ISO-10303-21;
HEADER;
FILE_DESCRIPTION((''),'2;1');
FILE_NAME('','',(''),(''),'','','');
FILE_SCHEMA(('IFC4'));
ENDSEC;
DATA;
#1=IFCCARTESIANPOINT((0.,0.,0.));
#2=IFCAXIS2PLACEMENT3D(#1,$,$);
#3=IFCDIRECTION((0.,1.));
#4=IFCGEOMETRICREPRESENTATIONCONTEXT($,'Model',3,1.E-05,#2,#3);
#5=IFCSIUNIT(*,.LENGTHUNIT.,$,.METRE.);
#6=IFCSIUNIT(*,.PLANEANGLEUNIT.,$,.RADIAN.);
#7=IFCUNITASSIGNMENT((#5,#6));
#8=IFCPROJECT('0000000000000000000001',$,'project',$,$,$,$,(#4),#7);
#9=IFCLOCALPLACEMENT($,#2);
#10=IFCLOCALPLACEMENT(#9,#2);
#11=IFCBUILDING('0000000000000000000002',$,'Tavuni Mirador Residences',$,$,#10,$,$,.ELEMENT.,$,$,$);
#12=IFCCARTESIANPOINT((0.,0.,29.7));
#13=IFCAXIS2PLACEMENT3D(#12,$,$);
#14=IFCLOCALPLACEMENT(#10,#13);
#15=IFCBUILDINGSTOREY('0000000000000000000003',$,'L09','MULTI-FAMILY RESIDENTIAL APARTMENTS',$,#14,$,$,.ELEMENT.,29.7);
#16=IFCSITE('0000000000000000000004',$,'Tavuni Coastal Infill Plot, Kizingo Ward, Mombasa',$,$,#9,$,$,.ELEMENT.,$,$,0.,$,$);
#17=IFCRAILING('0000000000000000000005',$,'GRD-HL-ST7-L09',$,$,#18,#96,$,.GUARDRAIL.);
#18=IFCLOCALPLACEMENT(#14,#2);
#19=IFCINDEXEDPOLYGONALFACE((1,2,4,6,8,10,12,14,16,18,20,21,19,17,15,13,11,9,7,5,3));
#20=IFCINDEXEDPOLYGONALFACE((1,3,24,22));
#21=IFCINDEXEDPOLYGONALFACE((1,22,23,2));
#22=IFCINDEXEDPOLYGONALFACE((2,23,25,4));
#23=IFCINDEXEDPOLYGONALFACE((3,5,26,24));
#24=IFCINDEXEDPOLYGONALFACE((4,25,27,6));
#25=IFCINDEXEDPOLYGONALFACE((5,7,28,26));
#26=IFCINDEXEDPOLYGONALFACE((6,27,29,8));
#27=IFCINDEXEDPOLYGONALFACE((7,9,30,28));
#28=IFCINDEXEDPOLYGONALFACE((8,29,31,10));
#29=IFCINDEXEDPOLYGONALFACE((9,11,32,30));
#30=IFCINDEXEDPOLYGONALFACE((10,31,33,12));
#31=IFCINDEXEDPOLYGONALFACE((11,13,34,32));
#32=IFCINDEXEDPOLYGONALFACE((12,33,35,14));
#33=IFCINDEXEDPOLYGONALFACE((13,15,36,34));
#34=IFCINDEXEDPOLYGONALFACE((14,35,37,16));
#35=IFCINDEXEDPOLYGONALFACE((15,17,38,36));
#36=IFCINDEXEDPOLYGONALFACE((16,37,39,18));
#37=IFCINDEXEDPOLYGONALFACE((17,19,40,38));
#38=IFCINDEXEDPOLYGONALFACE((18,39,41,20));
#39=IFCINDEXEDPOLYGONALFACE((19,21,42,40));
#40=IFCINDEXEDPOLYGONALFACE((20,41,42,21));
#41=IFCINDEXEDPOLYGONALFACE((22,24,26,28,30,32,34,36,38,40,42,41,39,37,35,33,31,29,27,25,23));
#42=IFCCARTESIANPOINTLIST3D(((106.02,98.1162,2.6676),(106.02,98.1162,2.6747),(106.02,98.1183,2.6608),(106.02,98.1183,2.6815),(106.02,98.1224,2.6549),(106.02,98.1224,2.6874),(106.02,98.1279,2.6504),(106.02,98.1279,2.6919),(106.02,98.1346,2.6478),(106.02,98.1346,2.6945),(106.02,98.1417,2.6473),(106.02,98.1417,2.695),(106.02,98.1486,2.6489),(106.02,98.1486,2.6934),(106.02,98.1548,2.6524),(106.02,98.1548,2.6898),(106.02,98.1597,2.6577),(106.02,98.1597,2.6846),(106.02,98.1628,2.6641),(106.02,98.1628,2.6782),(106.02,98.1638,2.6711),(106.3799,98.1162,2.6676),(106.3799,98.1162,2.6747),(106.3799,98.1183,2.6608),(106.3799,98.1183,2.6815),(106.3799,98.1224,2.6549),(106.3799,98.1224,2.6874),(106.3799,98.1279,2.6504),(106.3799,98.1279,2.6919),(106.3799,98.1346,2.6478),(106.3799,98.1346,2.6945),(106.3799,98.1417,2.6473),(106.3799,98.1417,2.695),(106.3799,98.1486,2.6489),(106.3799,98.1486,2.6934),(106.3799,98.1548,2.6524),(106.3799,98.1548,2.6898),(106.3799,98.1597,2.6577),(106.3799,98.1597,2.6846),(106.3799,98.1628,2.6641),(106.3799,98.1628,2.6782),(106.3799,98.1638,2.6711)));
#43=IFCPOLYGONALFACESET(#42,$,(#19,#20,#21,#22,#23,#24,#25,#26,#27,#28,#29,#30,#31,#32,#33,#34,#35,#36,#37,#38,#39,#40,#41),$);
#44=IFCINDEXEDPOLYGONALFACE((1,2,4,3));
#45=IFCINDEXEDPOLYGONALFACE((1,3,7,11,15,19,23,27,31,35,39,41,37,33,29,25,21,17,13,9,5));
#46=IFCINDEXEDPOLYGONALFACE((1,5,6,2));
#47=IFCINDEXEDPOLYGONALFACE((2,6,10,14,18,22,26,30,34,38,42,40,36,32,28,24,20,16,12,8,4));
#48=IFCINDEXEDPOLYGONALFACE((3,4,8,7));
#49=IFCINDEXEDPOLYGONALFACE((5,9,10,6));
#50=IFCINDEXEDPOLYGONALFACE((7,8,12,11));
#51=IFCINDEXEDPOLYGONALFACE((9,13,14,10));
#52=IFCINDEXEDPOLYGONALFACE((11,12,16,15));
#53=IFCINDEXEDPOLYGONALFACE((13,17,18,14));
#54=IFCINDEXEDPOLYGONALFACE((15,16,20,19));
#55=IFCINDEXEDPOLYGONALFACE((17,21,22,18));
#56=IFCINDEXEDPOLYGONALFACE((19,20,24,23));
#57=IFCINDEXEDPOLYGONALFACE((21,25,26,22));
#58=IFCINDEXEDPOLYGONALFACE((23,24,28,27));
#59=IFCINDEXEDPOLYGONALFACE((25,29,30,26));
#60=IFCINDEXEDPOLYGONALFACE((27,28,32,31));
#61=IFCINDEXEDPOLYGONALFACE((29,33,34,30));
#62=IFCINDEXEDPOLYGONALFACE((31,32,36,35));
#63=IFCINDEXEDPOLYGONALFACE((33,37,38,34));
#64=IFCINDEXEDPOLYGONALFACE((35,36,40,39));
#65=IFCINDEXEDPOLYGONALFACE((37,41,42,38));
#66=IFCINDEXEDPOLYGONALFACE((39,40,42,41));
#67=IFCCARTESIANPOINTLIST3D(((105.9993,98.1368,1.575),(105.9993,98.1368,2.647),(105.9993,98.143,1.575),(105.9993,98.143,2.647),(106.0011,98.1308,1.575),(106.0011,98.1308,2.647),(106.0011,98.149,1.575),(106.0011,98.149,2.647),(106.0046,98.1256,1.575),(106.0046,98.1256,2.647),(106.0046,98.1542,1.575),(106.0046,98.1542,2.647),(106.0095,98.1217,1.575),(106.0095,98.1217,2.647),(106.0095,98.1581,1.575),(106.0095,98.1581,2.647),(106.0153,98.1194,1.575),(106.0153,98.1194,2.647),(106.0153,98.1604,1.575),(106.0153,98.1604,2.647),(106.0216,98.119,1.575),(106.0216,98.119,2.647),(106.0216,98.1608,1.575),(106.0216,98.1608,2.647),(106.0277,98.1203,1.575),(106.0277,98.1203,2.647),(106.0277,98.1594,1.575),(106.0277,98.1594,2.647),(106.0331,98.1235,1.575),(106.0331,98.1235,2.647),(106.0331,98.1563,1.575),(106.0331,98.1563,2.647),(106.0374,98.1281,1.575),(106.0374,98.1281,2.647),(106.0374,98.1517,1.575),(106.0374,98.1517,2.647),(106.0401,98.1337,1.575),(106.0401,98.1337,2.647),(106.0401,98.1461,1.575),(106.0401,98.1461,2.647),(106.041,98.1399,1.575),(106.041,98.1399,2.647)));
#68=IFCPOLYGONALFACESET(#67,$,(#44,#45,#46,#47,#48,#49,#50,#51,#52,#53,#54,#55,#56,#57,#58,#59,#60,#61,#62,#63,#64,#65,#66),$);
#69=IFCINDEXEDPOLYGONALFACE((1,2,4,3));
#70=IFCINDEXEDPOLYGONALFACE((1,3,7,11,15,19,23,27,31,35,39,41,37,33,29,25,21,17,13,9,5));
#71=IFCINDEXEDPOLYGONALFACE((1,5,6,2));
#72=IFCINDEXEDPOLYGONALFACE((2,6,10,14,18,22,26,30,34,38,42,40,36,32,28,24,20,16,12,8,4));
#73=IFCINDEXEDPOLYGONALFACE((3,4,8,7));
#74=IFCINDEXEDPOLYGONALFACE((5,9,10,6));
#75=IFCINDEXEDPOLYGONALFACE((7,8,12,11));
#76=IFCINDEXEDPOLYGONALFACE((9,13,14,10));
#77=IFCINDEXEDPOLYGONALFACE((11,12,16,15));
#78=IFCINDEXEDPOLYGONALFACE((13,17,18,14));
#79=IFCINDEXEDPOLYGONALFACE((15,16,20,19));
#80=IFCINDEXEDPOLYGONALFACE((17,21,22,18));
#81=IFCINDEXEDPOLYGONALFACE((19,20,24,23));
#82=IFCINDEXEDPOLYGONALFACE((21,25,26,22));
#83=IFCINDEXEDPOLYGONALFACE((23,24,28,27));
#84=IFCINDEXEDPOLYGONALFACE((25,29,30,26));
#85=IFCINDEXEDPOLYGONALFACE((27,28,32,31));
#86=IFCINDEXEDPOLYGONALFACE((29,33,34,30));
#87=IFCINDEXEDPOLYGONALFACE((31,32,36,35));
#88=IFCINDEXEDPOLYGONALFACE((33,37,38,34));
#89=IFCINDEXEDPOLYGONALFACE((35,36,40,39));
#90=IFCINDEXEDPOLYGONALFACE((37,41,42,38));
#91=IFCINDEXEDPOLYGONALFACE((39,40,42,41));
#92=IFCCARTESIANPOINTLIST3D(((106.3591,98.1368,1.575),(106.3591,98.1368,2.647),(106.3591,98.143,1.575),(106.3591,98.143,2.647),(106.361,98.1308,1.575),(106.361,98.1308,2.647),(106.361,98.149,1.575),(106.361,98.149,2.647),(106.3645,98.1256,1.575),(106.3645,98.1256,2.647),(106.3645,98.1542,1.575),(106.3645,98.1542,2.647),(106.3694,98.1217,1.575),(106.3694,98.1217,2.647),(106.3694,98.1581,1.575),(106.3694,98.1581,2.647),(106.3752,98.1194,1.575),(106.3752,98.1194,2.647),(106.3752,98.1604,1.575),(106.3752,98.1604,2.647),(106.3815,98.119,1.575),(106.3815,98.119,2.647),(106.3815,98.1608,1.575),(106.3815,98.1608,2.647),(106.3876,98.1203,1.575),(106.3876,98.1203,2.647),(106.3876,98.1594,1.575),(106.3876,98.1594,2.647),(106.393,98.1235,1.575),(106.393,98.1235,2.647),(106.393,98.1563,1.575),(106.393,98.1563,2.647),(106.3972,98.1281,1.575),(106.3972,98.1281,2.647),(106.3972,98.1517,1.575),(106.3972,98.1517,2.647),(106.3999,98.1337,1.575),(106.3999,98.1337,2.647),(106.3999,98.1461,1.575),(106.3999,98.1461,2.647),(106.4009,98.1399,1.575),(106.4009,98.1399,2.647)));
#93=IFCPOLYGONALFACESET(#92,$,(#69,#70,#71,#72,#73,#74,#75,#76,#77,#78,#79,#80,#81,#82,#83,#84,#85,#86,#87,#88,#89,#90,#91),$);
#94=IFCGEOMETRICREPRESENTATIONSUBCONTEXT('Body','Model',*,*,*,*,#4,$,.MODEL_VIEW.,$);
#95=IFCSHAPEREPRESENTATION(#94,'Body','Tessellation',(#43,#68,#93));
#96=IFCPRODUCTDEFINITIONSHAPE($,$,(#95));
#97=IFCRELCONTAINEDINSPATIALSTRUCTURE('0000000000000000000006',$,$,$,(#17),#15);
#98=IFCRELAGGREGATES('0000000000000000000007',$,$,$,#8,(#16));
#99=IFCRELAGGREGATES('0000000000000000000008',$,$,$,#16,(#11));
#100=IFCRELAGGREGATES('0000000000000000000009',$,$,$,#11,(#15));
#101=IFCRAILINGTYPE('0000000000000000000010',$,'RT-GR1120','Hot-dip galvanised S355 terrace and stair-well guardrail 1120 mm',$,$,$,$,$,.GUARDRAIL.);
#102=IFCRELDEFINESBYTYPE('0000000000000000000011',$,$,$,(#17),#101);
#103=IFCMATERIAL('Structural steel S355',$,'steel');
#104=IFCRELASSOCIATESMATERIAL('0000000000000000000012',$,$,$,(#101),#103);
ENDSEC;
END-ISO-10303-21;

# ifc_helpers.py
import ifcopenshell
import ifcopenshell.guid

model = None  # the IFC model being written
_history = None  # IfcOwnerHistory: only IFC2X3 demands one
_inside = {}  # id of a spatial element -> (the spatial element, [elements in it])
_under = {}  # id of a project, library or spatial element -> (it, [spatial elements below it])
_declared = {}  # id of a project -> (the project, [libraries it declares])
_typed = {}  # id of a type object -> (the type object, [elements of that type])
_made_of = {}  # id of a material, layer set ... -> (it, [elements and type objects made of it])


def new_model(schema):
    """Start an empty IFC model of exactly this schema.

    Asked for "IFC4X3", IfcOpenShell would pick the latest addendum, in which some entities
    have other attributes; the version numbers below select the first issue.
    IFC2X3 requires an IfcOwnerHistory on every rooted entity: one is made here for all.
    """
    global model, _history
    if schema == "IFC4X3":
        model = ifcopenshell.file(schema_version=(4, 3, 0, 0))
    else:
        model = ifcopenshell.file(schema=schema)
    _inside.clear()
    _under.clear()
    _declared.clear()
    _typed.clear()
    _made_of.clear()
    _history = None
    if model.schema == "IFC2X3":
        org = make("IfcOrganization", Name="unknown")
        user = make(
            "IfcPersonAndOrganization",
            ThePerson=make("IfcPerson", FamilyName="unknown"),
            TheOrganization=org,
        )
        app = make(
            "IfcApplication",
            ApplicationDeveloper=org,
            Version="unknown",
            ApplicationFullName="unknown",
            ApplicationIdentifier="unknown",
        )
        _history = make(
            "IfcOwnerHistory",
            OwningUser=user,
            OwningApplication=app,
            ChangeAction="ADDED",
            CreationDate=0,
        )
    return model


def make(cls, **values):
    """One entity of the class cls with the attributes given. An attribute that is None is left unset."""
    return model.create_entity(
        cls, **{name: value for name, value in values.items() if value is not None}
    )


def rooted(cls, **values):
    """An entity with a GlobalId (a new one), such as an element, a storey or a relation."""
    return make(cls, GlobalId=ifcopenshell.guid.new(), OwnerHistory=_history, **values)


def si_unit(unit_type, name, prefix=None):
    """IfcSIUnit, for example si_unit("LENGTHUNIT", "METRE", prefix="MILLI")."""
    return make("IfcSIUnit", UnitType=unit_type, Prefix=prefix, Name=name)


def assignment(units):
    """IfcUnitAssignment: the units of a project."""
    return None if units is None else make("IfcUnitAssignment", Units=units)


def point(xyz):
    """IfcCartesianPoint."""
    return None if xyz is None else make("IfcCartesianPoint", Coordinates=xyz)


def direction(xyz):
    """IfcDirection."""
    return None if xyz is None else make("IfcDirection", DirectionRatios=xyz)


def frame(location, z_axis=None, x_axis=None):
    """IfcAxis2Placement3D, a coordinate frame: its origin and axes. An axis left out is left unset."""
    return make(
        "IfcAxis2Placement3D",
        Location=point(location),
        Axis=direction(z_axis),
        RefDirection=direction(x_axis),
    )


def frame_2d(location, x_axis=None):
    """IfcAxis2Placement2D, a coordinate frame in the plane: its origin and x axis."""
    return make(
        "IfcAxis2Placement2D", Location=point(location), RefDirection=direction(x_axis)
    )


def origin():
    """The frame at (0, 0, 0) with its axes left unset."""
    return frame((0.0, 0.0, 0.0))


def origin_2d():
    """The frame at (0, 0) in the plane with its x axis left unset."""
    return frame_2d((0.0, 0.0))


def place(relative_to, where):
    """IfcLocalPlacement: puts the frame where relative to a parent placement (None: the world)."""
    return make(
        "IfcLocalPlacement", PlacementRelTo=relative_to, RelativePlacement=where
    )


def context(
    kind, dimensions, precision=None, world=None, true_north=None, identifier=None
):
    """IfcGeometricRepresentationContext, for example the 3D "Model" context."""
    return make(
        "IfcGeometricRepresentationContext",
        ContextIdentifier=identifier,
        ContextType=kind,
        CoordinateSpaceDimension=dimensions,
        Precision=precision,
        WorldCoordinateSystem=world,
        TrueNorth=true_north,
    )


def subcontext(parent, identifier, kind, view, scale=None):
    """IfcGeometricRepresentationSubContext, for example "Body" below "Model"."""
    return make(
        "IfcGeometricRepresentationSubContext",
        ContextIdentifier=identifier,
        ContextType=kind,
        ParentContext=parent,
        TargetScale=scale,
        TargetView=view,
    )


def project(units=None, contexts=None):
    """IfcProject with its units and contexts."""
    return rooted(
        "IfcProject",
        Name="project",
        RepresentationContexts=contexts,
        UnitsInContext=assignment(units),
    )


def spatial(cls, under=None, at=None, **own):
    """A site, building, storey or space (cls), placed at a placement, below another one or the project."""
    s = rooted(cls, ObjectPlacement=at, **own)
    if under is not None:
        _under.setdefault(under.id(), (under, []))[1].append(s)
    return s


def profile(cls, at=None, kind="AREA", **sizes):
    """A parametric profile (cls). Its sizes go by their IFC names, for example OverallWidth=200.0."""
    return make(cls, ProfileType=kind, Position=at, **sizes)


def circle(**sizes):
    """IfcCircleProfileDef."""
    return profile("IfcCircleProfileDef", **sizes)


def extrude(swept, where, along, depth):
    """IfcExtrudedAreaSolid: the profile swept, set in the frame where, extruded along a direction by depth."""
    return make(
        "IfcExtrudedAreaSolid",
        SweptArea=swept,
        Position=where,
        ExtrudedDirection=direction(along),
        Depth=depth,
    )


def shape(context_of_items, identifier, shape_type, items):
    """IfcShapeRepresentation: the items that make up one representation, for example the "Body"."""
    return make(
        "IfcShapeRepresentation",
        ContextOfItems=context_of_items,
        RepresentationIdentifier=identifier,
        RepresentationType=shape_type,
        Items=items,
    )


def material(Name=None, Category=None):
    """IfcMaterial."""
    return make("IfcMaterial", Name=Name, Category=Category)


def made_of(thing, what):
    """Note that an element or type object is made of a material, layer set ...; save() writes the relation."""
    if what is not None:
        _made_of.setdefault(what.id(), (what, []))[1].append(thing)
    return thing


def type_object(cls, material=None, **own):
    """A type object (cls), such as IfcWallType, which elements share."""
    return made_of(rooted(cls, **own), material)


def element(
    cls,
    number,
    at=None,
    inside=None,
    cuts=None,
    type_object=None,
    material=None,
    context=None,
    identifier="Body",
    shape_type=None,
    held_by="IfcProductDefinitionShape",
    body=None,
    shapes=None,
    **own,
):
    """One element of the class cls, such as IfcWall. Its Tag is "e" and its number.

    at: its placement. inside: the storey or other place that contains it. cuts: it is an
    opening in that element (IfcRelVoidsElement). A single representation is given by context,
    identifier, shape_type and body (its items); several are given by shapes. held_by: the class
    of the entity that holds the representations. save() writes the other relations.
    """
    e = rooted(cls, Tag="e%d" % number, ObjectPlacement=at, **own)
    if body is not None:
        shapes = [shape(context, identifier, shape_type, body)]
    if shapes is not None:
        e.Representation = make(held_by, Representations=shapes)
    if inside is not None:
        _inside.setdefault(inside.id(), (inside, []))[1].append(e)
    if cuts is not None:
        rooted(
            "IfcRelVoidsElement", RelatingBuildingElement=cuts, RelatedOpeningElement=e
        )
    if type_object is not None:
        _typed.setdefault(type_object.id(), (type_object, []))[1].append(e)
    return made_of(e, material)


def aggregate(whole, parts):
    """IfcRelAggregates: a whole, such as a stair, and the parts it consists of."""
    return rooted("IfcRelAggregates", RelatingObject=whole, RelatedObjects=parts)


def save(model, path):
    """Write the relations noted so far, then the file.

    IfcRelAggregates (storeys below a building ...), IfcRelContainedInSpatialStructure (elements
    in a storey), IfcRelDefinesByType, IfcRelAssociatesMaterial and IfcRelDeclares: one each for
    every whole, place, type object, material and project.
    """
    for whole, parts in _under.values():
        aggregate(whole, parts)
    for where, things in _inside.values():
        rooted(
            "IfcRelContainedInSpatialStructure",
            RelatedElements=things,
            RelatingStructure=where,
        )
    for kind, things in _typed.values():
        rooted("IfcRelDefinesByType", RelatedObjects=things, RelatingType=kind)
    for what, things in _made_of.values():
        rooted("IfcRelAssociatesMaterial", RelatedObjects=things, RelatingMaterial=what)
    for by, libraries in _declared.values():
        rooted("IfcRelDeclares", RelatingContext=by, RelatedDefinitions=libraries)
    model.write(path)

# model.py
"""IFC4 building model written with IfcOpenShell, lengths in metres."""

from ifc_helpers import new_model, si_unit, direction, frame, origin, origin_2d, place, context, subcontext, project, spatial, circle, extrude, material, type_object, element, save


model = new_model("IFC4")

# Units and contexts
model_context = context("Model", 3, precision=1e-05, world=origin(), true_north=direction((0.0, 1.0)))
body_context = subcontext(model_context, "Body", "Model", "MODEL_VIEW")
ifc_project = project(units=[si_unit("LENGTHUNIT", "METRE"), si_unit("PLANEANGLEUNIT", "RADIAN")], contexts=[model_context])

# Site, building, storey
site_placement = place(None, origin())
site = spatial("IfcSite", under=ifc_project, at=site_placement, Name="Tavuni Coastal Infill Plot, Kizingo Ward, Mombasa", CompositionType="ELEMENT", RefElevation=0.0)
building_placement = place(site_placement, origin())
building = spatial("IfcBuilding", under=site, at=building_placement, Name="Tavuni Mirador Residences", CompositionType="ELEMENT")
storey_placement = place(building_placement, frame((0.0, 0.0, 29.7)))
storey = spatial("IfcBuildingStorey", under=building, at=storey_placement, Name="L09", Description="MULTI-FAMILY RESIDENTIAL APARTMENTS", CompositionType="ELEMENT", Elevation=29.7)

# Railing
ifc_material_1 = material(Name="Structural steel S355", Category="steel")
railing_type = type_object("IfcRailingType", Name="RT-GR1120", Description="Hot-dip galvanised S355 terrace and stair-well guardrail 1120 mm", PredefinedType="GUARDRAIL", material=ifc_material_1)
railing_placement = place(storey_placement, frame((106.02, 98.1399, 1.575)))
element("IfcRailing", 1, at=railing_placement, inside=storey, type_object=railing_type, Name="GRD-HL-ST7-L09", PredefinedType="GUARDRAIL", context=body_context, shape_type="SweptSolid", body=[
    extrude(circle(Radius=0.0239, at=origin_2d()), frame((0.0, 0.0, 1.0962), z_axis=(1.0, 0.0, 0.0), x_axis=(0.0, 1.0, 0.0)), (0.0, 0.0, 1.0), 0.3599),
    extrude(circle(Radius=0.021, at=origin_2d()), origin(), (0.0, 0.0, 1.0), 1.072),
    extrude(circle(Radius=0.021, at=origin_2d()), frame((0.3599, 0.0, 0.0)), (0.0, 0.0, 1.0), 1.072),
])

save(model, "model.ifc")
